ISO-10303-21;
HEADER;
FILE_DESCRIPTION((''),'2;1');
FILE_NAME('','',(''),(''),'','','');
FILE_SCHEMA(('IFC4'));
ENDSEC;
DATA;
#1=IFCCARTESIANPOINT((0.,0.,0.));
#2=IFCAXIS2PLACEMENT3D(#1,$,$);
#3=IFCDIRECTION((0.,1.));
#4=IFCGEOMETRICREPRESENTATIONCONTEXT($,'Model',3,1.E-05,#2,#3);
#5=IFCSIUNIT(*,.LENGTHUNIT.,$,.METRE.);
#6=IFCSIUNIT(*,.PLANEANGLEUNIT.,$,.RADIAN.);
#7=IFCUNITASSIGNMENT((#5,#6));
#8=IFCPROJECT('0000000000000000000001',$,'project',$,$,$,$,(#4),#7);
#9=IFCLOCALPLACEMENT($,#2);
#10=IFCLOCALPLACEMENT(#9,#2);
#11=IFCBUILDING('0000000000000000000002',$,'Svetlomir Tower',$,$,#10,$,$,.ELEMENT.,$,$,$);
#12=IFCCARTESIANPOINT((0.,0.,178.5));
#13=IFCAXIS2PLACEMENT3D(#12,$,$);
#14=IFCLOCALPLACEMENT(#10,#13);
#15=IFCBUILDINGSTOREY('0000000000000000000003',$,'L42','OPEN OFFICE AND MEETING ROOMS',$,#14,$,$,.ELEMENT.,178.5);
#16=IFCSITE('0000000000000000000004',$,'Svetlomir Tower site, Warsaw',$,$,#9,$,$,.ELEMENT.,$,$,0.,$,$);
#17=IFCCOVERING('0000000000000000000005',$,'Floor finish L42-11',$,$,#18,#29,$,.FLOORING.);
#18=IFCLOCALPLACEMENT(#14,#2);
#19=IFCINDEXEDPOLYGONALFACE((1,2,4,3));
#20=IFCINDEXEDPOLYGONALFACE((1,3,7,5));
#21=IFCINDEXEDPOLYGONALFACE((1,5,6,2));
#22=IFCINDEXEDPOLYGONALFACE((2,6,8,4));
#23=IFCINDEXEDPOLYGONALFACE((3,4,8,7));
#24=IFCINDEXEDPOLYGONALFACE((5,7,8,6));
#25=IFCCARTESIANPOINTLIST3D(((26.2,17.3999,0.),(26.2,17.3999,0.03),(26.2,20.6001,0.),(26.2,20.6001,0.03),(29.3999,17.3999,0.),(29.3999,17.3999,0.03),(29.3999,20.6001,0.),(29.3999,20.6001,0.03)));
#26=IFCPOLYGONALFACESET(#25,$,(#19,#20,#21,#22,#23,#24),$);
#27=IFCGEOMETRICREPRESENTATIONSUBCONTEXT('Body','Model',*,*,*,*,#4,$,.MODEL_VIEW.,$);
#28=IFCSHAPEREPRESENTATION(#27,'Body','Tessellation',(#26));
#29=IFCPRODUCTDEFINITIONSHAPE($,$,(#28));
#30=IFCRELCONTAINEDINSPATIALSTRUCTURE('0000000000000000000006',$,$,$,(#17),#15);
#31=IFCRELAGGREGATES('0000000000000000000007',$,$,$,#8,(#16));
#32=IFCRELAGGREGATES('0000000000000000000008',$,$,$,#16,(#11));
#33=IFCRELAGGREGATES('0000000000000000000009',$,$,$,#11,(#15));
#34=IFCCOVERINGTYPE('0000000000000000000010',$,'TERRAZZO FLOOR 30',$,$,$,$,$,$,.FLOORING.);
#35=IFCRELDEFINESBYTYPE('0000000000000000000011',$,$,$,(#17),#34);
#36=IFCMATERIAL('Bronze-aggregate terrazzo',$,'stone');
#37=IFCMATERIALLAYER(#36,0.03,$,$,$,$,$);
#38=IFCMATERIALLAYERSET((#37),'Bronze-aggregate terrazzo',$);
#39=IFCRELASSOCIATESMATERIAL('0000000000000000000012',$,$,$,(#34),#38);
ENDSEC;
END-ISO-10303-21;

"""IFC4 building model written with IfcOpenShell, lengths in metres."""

from ifc_helpers import new_model, si_unit, direction, frame, origin, place, context, subcontext, project, spatial, polyline, outline, extrude, material, layer, layer_set, type_object, element, save


model = new_model("IFC4")

# Units and contexts
model_context = context("Model", 3, precision=1e-05, world=origin(), true_north=direction((0.0, 1.0)))
body_context = subcontext(model_context, "Body", "Model", "MODEL_VIEW")
ifc_project = project(units=[si_unit("LENGTHUNIT", "METRE"), si_unit("PLANEANGLEUNIT", "RADIAN")], contexts=[model_context])

# Site, building, storey
site_placement = place(None, origin())
site = spatial("IfcSite", under=ifc_project, at=site_placement, Name="Svetlomir Tower site, Warsaw", CompositionType="ELEMENT", RefElevation=0.0)
building_placement = place(site_placement, origin())
building = spatial("IfcBuilding", under=site, at=building_placement, Name="Svetlomir Tower", CompositionType="ELEMENT")
storey_placement = place(building_placement, frame((0.0, 0.0, 178.5)))
storey = spatial("IfcBuildingStorey", under=building, at=storey_placement, Name="L42", Description="OPEN OFFICE AND MEETING ROOMS", CompositionType="ELEMENT", Elevation=178.5)

# Covering
ifc_material_1 = material(Name="Bronze-aggregate terrazzo", Category="stone")
ifc_layer_1 = layer(ifc_material_1, 0.03)
ifc_layer_set_1 = layer_set([ifc_layer_1], Name="Bronze-aggregate terrazzo")
covering_type_1 = type_object("IfcCoveringType", Name="TERRAZZO FLOOR 30", PredefinedType="FLOORING", material=ifc_layer_set_1)
covering_1_placement = place(storey_placement, origin())
element("IfcCovering", 1, at=covering_1_placement, inside=storey, type_object=covering_type_1, Name="Floor finish L42-11", PredefinedType="FLOORING", context=body_context, shape_type="SweptSolid", body=[
    extrude(outline(polyline([(26.2, 17.3999), (29.3999, 17.3999), (29.3999, 20.6001), (26.2, 20.6001), (26.2, 17.3999)])), origin(), (0.0, 0.0, 1.0), 0.03),
])

save(model, "model.ifc")
